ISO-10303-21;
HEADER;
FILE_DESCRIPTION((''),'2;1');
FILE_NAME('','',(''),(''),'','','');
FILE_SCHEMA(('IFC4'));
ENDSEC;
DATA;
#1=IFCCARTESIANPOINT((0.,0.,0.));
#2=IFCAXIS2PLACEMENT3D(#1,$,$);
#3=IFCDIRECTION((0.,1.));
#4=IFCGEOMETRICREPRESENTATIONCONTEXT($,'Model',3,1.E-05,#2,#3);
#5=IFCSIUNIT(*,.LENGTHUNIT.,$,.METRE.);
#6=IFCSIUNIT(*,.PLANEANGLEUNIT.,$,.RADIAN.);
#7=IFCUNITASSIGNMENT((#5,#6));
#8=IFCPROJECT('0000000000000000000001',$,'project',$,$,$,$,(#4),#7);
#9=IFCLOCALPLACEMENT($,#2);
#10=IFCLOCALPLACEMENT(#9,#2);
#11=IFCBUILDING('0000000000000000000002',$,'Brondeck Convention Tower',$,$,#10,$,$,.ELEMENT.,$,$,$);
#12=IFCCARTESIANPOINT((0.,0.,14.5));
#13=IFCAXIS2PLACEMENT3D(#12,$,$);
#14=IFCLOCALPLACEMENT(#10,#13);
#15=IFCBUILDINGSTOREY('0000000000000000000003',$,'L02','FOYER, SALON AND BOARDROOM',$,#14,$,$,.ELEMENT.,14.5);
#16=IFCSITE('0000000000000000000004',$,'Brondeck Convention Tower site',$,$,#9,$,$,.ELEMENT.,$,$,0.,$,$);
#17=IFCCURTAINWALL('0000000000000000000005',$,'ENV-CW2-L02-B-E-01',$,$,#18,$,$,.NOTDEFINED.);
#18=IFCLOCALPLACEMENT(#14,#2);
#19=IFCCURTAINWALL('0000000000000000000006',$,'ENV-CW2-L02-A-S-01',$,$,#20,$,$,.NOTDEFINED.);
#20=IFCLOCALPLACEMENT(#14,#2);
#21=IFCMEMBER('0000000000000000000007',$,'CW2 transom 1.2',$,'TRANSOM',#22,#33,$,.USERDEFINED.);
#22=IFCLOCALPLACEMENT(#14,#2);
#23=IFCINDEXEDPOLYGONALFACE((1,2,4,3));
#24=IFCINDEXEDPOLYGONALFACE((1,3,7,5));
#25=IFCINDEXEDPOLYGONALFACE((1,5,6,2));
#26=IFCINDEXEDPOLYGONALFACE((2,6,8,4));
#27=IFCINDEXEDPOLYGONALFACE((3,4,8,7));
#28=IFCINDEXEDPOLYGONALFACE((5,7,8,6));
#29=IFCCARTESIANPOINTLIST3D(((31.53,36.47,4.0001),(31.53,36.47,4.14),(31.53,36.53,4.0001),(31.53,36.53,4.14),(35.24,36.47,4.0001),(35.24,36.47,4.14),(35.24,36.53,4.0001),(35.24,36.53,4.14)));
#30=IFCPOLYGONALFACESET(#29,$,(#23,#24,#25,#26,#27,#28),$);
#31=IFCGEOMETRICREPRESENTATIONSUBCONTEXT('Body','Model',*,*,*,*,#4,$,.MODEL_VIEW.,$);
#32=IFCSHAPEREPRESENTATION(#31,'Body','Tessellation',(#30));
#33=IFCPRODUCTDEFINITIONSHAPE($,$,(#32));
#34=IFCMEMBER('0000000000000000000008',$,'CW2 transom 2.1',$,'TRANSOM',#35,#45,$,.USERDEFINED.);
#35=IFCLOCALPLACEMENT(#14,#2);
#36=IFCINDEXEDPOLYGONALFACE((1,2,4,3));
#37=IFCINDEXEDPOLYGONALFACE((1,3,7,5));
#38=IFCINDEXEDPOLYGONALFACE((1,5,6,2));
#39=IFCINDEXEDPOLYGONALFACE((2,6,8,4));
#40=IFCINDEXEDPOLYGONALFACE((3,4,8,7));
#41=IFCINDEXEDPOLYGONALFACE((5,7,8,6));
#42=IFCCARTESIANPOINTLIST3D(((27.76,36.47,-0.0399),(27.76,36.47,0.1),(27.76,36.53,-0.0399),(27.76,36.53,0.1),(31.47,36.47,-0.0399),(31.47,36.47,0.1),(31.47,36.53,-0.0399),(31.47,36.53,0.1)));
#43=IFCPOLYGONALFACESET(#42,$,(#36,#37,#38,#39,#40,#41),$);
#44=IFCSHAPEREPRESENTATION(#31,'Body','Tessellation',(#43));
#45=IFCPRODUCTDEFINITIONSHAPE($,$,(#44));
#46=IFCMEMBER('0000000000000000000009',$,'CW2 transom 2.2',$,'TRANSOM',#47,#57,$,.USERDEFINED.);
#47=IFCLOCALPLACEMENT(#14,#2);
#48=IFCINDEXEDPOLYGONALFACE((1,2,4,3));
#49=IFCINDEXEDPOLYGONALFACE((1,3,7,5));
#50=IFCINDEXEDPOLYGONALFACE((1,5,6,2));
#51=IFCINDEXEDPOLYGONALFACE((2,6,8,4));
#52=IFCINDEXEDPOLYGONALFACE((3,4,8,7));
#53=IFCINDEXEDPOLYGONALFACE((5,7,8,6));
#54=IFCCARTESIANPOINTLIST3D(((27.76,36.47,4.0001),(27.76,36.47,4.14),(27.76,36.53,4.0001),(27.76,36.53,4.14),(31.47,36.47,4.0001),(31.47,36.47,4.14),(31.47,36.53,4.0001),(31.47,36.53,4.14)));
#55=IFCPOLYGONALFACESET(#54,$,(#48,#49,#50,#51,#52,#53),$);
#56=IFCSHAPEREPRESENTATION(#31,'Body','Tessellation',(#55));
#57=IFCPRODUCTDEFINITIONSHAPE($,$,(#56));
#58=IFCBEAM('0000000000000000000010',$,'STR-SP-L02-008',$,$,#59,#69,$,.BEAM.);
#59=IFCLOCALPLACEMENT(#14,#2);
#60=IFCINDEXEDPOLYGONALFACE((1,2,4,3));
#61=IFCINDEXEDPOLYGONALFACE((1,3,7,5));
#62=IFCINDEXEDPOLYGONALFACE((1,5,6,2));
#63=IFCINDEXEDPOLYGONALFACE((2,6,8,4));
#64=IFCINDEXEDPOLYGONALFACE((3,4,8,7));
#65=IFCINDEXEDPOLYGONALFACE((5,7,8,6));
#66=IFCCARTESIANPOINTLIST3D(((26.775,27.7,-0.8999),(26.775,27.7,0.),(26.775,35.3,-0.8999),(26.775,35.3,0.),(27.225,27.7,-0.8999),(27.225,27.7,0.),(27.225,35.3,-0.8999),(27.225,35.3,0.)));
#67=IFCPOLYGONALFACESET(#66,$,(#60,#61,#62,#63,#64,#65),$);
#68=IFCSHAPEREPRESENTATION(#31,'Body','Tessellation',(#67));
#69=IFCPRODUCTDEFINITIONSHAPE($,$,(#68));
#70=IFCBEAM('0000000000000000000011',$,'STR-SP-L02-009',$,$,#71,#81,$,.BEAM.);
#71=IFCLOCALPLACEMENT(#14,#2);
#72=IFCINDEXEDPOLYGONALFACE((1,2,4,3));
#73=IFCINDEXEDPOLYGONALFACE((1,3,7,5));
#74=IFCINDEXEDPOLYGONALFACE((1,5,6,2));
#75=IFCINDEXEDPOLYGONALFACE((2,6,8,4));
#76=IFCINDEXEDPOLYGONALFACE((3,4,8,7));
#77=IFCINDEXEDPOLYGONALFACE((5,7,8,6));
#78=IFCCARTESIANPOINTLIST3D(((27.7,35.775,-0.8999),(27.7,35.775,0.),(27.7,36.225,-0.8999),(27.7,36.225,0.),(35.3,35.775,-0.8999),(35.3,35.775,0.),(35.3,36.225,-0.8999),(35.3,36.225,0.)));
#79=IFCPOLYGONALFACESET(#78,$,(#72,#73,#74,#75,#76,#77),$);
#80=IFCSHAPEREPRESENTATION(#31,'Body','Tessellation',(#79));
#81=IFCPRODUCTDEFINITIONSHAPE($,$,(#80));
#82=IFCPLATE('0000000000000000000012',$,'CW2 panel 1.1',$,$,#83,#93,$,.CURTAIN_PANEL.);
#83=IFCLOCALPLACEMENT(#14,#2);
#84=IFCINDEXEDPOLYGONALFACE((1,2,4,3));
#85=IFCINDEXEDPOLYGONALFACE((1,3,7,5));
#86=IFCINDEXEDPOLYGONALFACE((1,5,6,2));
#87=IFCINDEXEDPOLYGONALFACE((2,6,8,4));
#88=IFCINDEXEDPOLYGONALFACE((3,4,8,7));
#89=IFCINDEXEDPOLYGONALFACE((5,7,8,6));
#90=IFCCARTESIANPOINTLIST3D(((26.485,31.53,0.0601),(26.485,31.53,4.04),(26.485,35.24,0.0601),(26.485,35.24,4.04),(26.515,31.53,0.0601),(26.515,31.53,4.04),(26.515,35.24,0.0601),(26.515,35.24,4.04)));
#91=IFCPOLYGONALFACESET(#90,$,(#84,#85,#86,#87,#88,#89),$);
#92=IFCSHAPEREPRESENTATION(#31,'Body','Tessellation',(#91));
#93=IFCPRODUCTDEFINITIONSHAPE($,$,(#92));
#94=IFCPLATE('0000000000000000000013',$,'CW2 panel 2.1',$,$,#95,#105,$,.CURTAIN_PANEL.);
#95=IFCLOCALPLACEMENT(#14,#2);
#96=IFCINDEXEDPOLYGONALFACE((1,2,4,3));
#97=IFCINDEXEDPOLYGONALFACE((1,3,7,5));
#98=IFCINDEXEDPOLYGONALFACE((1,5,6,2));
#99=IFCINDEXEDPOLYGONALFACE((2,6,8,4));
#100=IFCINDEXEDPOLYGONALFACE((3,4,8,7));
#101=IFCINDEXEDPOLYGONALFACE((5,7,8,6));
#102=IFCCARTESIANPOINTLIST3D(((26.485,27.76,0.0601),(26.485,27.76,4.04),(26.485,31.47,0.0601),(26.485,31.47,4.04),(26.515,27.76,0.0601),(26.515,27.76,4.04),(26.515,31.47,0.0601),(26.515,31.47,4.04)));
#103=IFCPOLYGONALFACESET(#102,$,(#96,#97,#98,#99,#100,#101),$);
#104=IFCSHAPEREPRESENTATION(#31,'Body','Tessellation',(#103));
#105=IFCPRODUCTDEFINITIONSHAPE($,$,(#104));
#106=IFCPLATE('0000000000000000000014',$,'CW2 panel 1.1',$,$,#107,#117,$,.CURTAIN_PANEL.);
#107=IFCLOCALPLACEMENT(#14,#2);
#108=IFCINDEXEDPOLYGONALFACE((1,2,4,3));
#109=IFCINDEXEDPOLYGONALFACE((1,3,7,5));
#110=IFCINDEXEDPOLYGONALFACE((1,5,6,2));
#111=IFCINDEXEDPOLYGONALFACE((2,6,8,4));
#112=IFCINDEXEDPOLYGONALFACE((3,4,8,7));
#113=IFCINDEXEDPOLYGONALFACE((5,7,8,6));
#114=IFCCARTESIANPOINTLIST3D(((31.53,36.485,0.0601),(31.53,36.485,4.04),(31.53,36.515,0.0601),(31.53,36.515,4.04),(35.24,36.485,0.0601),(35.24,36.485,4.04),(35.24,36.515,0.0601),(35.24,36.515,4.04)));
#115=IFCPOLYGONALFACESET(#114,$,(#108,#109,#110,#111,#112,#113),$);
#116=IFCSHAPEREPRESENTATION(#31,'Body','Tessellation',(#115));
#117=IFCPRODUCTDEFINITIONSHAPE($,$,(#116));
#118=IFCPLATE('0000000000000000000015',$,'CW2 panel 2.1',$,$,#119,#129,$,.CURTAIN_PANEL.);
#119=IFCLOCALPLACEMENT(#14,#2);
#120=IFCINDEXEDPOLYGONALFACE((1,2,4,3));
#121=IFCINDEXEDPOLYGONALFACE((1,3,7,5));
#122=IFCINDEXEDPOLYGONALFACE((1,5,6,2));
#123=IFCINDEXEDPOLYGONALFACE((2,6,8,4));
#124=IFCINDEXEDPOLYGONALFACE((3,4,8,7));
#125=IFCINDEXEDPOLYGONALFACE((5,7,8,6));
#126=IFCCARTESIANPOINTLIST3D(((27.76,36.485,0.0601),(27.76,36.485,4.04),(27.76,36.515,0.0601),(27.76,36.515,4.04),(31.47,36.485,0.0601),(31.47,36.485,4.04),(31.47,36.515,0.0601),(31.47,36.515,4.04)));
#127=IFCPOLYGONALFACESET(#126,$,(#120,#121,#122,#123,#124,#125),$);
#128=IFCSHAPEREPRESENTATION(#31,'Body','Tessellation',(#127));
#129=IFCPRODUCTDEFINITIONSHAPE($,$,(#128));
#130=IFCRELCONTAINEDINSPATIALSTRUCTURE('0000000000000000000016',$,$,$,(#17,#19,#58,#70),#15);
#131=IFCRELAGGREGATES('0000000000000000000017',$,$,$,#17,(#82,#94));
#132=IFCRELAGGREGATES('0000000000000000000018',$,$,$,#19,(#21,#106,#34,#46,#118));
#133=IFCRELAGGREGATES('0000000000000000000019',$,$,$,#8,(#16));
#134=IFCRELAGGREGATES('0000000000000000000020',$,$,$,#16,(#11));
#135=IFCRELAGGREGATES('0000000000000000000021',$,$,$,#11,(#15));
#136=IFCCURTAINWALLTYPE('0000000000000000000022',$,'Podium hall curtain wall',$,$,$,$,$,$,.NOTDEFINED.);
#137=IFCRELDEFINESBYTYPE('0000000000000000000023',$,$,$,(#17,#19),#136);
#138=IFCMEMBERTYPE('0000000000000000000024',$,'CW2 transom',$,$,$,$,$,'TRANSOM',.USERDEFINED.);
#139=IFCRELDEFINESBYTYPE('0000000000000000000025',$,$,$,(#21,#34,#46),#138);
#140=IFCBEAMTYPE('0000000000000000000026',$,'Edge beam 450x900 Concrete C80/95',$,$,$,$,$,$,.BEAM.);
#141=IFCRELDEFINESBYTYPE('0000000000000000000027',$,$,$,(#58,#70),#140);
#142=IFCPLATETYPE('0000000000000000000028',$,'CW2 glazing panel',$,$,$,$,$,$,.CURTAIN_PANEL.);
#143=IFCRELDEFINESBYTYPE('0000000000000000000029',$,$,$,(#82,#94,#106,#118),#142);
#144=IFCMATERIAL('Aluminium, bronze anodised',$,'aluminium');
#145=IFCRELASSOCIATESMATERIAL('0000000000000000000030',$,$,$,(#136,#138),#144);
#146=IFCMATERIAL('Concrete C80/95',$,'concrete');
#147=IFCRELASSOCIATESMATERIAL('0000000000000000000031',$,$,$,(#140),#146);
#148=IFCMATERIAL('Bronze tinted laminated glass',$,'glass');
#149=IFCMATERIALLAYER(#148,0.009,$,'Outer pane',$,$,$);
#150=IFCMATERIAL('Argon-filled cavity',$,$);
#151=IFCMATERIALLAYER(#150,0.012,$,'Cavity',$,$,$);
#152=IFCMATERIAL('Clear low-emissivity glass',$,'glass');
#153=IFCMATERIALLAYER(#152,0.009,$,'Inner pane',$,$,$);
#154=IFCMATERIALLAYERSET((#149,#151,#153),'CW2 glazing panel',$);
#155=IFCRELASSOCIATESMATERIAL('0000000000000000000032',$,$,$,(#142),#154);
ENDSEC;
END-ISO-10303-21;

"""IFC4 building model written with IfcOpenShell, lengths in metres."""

from ifc_helpers import new_model, si_unit, direction, frame, origin, origin_2d, place, context, subcontext, project, spatial, rectangle, extrude, material, layer, layer_set, material_profile, profile_set, type_object, element, aggregate, save


model = new_model("IFC4")

# Units and contexts
model_context = context("Model", 3, precision=1e-05, world=origin(), true_north=direction((0.0, 1.0)))
body_context = subcontext(model_context, "Body", "Model", "MODEL_VIEW")
ifc_project = project(units=[si_unit("LENGTHUNIT", "METRE"), si_unit("PLANEANGLEUNIT", "RADIAN")], contexts=[model_context])

# Site, building, storey
site_placement = place(None, origin())
site = spatial("IfcSite", under=ifc_project, at=site_placement, Name="Brondeck Convention Tower site", CompositionType="ELEMENT", RefElevation=0.0)
building_placement = place(site_placement, origin())
building = spatial("IfcBuilding", under=site, at=building_placement, Name="Brondeck Convention Tower", CompositionType="ELEMENT")
storey_placement = place(building_placement, frame((0.0, 0.0, 14.5)))
storey = spatial("IfcBuildingStorey", under=building, at=storey_placement, Name="L02", Description="FOYER, SALON AND BOARDROOM", CompositionType="ELEMENT", Elevation=14.5)

# Shared definitions
ifc_material_1 = material(Name="Concrete C80/95", Category="concrete")

# Shared definitions
ifc_material_2 = material(Name="Aluminium, bronze anodised", Category="aluminium")
curtain_wall_type = type_object("IfcCurtainWallType", Name="Podium hall curtain wall", PredefinedType="NOTDEFINED", material=ifc_material_2)

# Curtain walls
curtain_wall_1_placement = place(storey_placement, origin())
curtain_wall_1 = element("IfcCurtainWall", 1, at=curtain_wall_1_placement, inside=storey, type_object=curtain_wall_type, Name="ENV-CW2-L02-B-E-01", PredefinedType="NOTDEFINED")
curtain_wall_2_placement = place(storey_placement, origin())
curtain_wall_2 = element("IfcCurtainWall", 2, at=curtain_wall_2_placement, inside=storey, type_object=curtain_wall_type, Name="ENV-CW2-L02-A-S-01", PredefinedType="NOTDEFINED")

# Members
ifc_material_profile_1 = material_profile(ifc_material_2, rectangle(XDim=0.0601, YDim=0.1399, at=origin_2d()), Name="CW2 transom")
ifc_profile_set_1 = profile_set([ifc_material_profile_1], Name="Aluminium, bronze anodised")
member_type_1 = type_object("IfcMemberType", Name="CW2 transom", ElementType="TRANSOM", PredefinedType="USERDEFINED", material=ifc_profile_set_1)
member_1_placement = place(storey_placement, frame((35.24, 36.5, 4.0701), z_axis=(-1.0, 0.0, 0.0), x_axis=(0.0, -1.0, 0.0)))
member_1 = element("IfcMember", 3, at=member_1_placement, type_object=member_type_1, Name="CW2 transom 1.2", ObjectType="TRANSOM", PredefinedType="USERDEFINED", context=body_context, shape_type="SweptSolid", body=[
    extrude(rectangle(XDim=0.0601, YDim=0.1399, at=origin_2d()), origin(), (0.0, 0.0, 1.0), 3.71),
])
member_2_placement = place(storey_placement, frame((31.47, 36.5, 0.03), z_axis=(-1.0, 0.0, 0.0), x_axis=(0.0, -1.0, 0.0)))
member_2 = element("IfcMember", 4, at=member_2_placement, type_object=member_type_1, Name="CW2 transom 2.1", ObjectType="TRANSOM", PredefinedType="USERDEFINED", context=body_context, shape_type="SweptSolid", body=[
    extrude(rectangle(XDim=0.0601, YDim=0.1399, at=origin_2d()), origin(), (0.0, 0.0, 1.0), 3.71),
])
member_3_placement = place(storey_placement, frame((31.47, 36.5, 4.0701), z_axis=(-1.0, 0.0, 0.0), x_axis=(0.0, -1.0, 0.0)))
member_3 = element("IfcMember", 5, at=member_3_placement, type_object=member_type_1, Name="CW2 transom 2.2", ObjectType="TRANSOM", PredefinedType="USERDEFINED", context=body_context, shape_type="SweptSolid", body=[
    extrude(rectangle(XDim=0.0601, YDim=0.1399, at=origin_2d()), origin(), (0.0, 0.0, 1.0), 3.71),
])

# Beams
ifc_material_profile_2 = material_profile(ifc_material_1, rectangle(XDim=0.45, YDim=0.8999, at=origin_2d()), Name="Edge beam 450x900 Concrete C80/95")
ifc_profile_set_2 = profile_set([ifc_material_profile_2], Name="Concrete C80/95")
beam_type = type_object("IfcBeamType", Name="Edge beam 450x900 Concrete C80/95", PredefinedType="BEAM", material=ifc_profile_set_2)
for number, where, z_axis, x_axis, name in (
    (6, (27.0, 27.7, -0.45), (0.0, 1.0, 0.0), (-1.0, 0.0, 0.0), "STR-SP-L02-008"),
    (7, (27.7, 36.0, -0.45), (1.0, 0.0, 0.0), (0.0, 1.0, 0.0), "STR-SP-L02-009"),
):
    element("IfcBeam", number, at=place(storey_placement, frame(where, z_axis=z_axis, x_axis=x_axis)), inside=storey, type_object=beam_type, Name=name, PredefinedType="BEAM", context=body_context, shape_type="SweptSolid", body=[
        extrude(rectangle(XDim=0.45, YDim=0.8999, at=origin_2d()), origin(), (0.0, 0.0, 1.0), 7.6001),
    ])

# Plates
ifc_material_3 = material(Name="Bronze tinted laminated glass", Category="glass")
ifc_layer_1 = layer(ifc_material_3, 0.009, Name="Outer pane")
ifc_material_4 = material(Name="Argon-filled cavity")
ifc_layer_2 = layer(ifc_material_4, 0.012, Name="Cavity")
ifc_material_5 = material(Name="Clear low-emissivity glass", Category="glass")
ifc_layer_3 = layer(ifc_material_5, 0.009, Name="Inner pane")
ifc_layer_set = layer_set([ifc_layer_1, ifc_layer_2, ifc_layer_3], Name="CW2 glazing panel")
plate_type = type_object("IfcPlateType", Name="CW2 glazing panel", PredefinedType="CURTAIN_PANEL", material=ifc_layer_set)
plate_1_placement = place(storey_placement, frame((26.5, 33.385, 0.0601), z_axis=(0.0, 0.0, 1.0), x_axis=(0.0, -1.0, 0.0)))
plate_1 = element("IfcPlate", 8, at=plate_1_placement, type_object=plate_type, Name="CW2 panel 1.1", PredefinedType="CURTAIN_PANEL", context=body_context, shape_type="SweptSolid", body=[
    extrude(rectangle(XDim=3.71, YDim=0.03, at=origin_2d()), origin(), (0.0, 0.0, 1.0), 3.98),
])
plate_2_placement = place(storey_placement, frame((26.5, 29.615, 0.0601), z_axis=(0.0, 0.0, 1.0), x_axis=(0.0, -1.0, 0.0)))
plate_2 = element("IfcPlate", 9, at=plate_2_placement, type_object=plate_type, Name="CW2 panel 2.1", PredefinedType="CURTAIN_PANEL", context=body_context, shape_type="SweptSolid", body=[
    extrude(rectangle(XDim=3.71, YDim=0.03, at=origin_2d()), origin(), (0.0, 0.0, 1.0), 3.98),
])
aggregate(curtain_wall_1, [plate_1, plate_2])
plate_3_placement = place(storey_placement, frame((33.385, 36.5, 0.0601), z_axis=(0.0, 0.0, 1.0), x_axis=(-1.0, 0.0, 0.0)))
plate_3 = element("IfcPlate", 10, at=plate_3_placement, type_object=plate_type, Name="CW2 panel 1.1", PredefinedType="CURTAIN_PANEL", context=body_context, shape_type="SweptSolid", body=[
    extrude(rectangle(XDim=3.71, YDim=0.03, at=origin_2d()), origin(), (0.0, 0.0, 1.0), 3.98),
])
plate_4_placement = place(storey_placement, frame((29.615, 36.5, 0.0601), z_axis=(0.0, 0.0, 1.0), x_axis=(-1.0, 0.0, 0.0)))
plate_4 = element("IfcPlate", 11, at=plate_4_placement, type_object=plate_type, Name="CW2 panel 2.1", PredefinedType="CURTAIN_PANEL", context=body_context, shape_type="SweptSolid", body=[
    extrude(rectangle(XDim=3.71, YDim=0.03, at=origin_2d()), origin(), (0.0, 0.0, 1.0), 3.98),
])
aggregate(curtain_wall_2, [member_1, plate_3, member_2, member_3, plate_4])

save(model, "model.ifc")
